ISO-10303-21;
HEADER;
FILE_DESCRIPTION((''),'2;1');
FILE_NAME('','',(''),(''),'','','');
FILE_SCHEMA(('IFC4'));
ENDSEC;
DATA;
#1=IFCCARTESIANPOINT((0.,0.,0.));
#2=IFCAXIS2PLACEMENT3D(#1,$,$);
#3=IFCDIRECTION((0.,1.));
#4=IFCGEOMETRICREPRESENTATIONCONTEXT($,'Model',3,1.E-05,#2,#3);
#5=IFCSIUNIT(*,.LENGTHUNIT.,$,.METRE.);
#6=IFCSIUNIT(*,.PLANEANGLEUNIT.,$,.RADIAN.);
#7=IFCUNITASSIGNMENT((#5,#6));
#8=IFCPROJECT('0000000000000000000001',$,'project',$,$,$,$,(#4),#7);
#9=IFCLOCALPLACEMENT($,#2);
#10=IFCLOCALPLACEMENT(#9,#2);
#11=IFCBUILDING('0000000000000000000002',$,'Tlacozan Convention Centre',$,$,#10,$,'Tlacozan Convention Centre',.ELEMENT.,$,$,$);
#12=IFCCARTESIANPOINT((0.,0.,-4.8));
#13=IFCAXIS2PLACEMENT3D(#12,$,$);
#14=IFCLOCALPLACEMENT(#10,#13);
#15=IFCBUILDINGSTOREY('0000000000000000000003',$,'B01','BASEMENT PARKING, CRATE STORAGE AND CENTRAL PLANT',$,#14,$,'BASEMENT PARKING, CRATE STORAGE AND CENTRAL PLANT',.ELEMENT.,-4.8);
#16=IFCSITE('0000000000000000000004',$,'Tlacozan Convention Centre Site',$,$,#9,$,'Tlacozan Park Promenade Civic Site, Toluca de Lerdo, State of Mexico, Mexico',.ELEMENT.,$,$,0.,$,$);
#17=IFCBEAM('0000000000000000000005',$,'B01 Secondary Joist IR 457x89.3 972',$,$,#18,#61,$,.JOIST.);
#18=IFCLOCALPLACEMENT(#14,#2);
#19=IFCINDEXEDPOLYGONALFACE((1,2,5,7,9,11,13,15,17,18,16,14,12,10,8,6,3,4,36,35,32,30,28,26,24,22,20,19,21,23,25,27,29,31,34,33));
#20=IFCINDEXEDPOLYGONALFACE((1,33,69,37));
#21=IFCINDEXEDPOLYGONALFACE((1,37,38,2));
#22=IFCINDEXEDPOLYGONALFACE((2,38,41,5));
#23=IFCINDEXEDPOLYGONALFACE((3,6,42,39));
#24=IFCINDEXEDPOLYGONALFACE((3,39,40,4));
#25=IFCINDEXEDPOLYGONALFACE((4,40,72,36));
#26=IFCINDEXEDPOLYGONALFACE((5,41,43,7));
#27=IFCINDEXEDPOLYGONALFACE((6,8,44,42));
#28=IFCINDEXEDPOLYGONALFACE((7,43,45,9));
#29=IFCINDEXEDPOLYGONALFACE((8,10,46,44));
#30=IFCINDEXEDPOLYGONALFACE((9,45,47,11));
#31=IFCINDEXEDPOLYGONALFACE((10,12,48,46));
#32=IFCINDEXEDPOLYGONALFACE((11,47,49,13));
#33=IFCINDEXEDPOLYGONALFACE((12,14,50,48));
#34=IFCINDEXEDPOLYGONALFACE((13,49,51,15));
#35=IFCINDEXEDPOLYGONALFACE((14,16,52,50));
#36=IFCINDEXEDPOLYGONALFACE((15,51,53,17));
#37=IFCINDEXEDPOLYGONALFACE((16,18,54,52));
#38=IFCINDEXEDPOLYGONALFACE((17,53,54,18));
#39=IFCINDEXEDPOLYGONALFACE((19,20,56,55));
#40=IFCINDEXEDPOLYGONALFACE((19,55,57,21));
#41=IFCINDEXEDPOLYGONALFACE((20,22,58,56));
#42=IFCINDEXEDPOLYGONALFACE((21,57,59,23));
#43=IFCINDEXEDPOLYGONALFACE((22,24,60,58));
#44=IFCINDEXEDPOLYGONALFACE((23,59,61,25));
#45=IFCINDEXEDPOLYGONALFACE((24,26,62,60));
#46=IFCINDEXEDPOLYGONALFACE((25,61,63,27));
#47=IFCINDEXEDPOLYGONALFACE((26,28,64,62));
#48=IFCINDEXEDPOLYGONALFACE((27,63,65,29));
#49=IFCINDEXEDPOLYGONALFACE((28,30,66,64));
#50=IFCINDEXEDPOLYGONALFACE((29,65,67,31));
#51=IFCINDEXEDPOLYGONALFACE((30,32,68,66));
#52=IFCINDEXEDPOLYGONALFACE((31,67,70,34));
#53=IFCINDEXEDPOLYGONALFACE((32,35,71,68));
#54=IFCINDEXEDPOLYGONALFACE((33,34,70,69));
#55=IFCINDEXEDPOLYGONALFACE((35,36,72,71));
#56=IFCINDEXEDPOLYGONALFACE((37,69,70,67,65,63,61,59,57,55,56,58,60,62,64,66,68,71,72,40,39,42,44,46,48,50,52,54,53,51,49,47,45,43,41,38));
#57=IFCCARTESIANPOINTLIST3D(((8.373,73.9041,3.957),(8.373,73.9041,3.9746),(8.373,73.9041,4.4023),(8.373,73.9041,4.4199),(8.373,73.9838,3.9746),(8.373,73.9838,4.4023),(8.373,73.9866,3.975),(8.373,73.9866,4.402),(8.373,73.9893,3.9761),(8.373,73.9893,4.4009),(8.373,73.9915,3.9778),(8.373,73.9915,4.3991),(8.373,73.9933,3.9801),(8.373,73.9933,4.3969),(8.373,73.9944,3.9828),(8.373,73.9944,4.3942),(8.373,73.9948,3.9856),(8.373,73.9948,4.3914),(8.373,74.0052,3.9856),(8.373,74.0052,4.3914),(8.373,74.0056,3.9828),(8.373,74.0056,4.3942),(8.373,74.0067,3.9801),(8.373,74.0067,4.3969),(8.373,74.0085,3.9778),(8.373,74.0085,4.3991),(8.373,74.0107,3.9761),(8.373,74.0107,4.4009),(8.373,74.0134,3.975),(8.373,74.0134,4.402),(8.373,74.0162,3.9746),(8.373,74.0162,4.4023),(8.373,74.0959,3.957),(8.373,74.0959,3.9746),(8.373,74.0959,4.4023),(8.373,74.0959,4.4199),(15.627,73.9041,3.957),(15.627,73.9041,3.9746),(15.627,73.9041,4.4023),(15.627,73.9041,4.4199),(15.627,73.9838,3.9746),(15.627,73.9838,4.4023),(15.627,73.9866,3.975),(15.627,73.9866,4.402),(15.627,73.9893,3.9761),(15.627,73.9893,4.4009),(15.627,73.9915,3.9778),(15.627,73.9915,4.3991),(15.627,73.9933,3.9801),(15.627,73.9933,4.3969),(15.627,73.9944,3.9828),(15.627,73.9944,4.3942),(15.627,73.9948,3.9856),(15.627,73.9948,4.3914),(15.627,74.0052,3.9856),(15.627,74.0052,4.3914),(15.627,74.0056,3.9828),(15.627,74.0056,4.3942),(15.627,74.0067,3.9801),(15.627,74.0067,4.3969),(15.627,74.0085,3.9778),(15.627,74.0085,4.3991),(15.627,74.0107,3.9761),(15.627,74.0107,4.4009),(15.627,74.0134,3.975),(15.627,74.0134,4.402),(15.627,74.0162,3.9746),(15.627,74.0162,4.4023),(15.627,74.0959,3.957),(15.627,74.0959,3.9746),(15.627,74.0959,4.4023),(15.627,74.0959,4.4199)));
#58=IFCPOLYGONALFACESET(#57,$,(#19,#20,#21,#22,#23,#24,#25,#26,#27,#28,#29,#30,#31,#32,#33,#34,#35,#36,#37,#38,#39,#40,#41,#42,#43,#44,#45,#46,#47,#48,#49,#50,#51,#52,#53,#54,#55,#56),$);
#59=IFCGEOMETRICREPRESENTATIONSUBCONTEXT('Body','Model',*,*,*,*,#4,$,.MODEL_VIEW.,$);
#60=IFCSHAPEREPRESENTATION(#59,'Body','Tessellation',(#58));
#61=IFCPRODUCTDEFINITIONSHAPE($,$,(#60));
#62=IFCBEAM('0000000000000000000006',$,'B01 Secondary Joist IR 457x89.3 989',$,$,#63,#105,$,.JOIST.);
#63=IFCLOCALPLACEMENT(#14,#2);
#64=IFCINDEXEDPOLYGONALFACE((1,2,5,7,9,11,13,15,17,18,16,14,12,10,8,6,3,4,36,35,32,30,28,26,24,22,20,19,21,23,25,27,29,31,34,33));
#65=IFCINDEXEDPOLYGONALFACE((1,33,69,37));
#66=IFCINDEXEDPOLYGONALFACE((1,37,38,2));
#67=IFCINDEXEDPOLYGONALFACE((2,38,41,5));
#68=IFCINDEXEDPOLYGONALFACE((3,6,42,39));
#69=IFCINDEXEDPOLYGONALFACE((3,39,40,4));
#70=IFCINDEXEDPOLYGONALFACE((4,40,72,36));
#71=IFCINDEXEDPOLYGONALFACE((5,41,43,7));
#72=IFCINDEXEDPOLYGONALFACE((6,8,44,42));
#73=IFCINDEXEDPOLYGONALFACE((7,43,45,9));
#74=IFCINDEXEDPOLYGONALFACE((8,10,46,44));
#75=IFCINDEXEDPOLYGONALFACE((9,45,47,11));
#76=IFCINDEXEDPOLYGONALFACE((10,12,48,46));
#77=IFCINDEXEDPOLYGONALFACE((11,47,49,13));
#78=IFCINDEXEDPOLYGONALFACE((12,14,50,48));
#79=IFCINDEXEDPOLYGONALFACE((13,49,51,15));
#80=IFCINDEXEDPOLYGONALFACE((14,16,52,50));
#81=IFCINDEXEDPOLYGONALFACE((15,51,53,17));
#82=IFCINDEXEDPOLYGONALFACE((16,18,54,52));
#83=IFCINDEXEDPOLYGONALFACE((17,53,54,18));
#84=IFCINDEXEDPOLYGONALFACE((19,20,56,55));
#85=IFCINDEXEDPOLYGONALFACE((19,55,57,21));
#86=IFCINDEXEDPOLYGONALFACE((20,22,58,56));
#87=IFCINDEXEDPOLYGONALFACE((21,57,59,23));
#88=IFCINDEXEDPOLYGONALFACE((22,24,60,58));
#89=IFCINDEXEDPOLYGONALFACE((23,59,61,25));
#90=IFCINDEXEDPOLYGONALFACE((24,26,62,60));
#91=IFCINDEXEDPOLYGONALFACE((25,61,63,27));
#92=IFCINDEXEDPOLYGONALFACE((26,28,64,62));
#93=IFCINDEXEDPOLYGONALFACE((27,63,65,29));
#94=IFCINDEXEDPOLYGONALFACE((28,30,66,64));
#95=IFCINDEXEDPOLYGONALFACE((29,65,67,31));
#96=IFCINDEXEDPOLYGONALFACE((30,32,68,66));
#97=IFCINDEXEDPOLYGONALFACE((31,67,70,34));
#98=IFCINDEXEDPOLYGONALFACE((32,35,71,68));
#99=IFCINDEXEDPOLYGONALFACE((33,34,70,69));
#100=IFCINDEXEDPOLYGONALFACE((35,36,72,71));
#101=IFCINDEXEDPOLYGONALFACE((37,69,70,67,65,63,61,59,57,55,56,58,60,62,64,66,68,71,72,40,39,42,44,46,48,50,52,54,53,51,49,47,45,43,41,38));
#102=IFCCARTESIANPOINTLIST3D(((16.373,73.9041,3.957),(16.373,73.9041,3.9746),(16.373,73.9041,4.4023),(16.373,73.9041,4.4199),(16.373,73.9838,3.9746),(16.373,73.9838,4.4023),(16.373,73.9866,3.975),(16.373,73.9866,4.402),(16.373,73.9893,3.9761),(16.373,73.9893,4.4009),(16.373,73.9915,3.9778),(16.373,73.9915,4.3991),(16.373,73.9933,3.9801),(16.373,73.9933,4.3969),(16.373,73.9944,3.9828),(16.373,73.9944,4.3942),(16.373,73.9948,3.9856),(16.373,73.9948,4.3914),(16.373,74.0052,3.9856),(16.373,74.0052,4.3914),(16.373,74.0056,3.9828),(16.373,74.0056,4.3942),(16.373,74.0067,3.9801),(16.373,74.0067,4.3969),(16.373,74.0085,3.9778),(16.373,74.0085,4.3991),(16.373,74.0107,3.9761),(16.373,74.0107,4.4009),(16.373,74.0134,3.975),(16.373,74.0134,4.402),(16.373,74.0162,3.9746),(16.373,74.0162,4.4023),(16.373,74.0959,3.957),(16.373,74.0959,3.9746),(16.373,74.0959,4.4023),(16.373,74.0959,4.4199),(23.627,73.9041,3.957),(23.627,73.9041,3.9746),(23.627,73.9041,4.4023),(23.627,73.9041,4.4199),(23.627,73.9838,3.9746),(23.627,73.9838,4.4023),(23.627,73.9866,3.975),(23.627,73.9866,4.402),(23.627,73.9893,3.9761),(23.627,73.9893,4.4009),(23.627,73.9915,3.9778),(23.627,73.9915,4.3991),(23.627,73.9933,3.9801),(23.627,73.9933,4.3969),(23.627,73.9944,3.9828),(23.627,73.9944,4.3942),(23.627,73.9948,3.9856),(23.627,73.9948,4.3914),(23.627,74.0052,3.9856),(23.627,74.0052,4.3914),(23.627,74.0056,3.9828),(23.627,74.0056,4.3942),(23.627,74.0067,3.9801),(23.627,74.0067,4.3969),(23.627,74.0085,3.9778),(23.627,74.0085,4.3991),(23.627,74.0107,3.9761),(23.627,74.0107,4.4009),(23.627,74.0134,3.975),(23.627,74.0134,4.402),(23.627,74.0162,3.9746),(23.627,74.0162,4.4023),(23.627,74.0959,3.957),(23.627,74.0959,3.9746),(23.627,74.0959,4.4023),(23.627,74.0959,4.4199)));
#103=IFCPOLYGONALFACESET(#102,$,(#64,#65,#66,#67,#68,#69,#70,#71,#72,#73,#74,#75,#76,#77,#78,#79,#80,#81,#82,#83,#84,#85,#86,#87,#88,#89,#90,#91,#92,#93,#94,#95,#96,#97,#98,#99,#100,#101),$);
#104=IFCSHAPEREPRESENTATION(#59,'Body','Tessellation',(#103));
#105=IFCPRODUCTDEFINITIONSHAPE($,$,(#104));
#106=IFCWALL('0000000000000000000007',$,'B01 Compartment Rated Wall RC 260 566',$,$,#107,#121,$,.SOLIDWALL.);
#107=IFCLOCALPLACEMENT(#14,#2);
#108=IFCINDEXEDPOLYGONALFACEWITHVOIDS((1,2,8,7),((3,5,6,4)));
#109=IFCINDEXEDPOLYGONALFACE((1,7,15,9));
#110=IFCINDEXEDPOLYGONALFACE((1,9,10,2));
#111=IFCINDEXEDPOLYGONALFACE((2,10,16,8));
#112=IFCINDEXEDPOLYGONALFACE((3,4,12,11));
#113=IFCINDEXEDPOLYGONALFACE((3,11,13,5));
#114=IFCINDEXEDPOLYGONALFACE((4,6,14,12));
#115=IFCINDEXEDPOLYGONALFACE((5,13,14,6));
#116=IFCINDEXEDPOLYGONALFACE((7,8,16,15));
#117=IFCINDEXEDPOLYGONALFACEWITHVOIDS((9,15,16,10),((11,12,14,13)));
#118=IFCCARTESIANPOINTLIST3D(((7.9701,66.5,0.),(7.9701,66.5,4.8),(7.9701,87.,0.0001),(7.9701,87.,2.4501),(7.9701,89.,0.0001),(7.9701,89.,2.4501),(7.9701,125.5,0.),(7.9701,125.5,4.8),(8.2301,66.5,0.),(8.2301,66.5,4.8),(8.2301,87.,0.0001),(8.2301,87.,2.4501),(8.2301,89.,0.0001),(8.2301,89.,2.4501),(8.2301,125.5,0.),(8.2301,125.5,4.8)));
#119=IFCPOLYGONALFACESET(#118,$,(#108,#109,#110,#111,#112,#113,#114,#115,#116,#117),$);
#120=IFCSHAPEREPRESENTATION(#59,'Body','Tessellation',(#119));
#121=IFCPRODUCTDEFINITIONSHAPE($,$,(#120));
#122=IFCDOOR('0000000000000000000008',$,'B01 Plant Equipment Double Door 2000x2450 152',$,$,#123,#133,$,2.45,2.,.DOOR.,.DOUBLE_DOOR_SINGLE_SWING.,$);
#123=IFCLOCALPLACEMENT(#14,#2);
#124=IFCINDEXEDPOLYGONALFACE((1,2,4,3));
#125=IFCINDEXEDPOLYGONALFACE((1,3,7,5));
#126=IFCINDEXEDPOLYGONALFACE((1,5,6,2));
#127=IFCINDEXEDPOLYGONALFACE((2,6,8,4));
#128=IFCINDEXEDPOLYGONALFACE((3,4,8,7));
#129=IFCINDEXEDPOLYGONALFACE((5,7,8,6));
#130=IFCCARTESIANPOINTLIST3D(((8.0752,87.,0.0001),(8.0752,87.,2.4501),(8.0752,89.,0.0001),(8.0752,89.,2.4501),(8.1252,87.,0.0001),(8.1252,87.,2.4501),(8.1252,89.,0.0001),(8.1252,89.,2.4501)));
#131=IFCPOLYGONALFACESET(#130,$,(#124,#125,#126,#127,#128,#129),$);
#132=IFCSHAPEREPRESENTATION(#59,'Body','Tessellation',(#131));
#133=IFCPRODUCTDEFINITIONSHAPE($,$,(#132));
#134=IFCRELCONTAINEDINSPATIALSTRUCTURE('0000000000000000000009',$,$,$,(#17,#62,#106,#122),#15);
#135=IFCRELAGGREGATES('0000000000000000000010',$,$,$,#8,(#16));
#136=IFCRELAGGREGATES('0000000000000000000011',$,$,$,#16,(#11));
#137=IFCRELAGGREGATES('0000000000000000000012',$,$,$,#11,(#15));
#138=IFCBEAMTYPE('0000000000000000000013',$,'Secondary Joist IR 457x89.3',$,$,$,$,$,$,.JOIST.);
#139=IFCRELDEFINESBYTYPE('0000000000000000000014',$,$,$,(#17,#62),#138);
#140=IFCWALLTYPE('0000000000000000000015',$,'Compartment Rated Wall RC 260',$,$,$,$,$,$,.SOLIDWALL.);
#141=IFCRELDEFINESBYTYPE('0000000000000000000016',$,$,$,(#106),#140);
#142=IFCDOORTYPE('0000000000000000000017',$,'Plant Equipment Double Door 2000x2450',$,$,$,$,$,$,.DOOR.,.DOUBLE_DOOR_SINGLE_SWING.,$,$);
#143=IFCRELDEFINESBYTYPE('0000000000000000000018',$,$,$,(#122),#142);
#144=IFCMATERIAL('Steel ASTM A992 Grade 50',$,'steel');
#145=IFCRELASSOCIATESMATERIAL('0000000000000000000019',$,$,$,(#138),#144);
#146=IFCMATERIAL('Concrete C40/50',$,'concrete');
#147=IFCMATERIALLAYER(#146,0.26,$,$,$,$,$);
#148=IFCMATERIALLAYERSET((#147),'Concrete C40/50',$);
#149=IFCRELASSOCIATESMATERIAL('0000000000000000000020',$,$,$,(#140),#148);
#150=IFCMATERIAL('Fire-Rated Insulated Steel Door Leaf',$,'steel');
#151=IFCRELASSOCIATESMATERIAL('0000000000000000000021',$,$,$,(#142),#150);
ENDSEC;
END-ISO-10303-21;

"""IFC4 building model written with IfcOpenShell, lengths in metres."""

from ifc_helpers import new_model, si_unit, direction, frame, frame_2d, origin, origin_2d, place, context, subcontext, project, spatial, rectangle, i_section, extrude, material, layer, layer_set, material_profile, profile_set, type_object, element, fill, save


model = new_model("IFC4")

# Units and contexts
model_context = context("Model", 3, precision=1e-05, world=origin(), true_north=direction((0.0, 1.0)))
body_context = subcontext(model_context, "Body", "Model", "MODEL_VIEW")
ifc_project = project(units=[si_unit("LENGTHUNIT", "METRE"), si_unit("PLANEANGLEUNIT", "RADIAN")], contexts=[model_context])

# Site, building, storey
site_placement = place(None, origin())
site = spatial("IfcSite", under=ifc_project, at=site_placement, Name="Tlacozan Convention Centre Site", LongName="Tlacozan Park Promenade Civic Site, Toluca de Lerdo, State of Mexico, Mexico", CompositionType="ELEMENT", RefElevation=0.0)
building_placement = place(site_placement, origin())
building = spatial("IfcBuilding", under=site, at=building_placement, Name="Tlacozan Convention Centre", LongName="Tlacozan Convention Centre", CompositionType="ELEMENT")
storey_placement = place(building_placement, frame((0.0, 0.0, -4.8)))
storey = spatial("IfcBuildingStorey", under=building, at=storey_placement, Name="B01", Description="BASEMENT PARKING, CRATE STORAGE AND CENTRAL PLANT", LongName="BASEMENT PARKING, CRATE STORAGE AND CENTRAL PLANT", CompositionType="ELEMENT", Elevation=-4.8)

# Shared definitions
ifc_material_1 = material(Name="Concrete C40/50", Category="concrete")

# Beams
ifc_material_2 = material(Name="Steel ASTM A992 Grade 50", Category="steel")
ifc_material_profile_1 = material_profile(ifc_material_2, i_section(OverallWidth=0.1919, OverallDepth=0.4629, WebThickness=0.0105, FlangeThickness=0.0176, FilletRadius=0.011, at=origin_2d()), Name="IR 457x89.3")
ifc_profile_set_1 = profile_set([ifc_material_profile_1], Name="Steel ASTM A992 Grade 50")
beam_type_1 = type_object("IfcBeamType", Name="Secondary Joist IR 457x89.3", PredefinedType="JOIST", material=ifc_profile_set_1)
for number, where, z_axis, x_axis, name in (
    (1, (8.373, 74.0, 4.1885), (1.0, 0.0, 0.0), (0.0, 1.0, 0.0), "B01 Secondary Joist IR 457x89.3 972"),
    (2, (16.373, 74.0, 4.1885), (1.0, 0.0, 0.0), (0.0, 1.0, 0.0), "B01 Secondary Joist IR 457x89.3 989"),
):
    element("IfcBeam", number, at=place(storey_placement, frame(where, z_axis=z_axis, x_axis=x_axis)), inside=storey, type_object=beam_type_1, Name=name, PredefinedType="JOIST", context=body_context, shape_type="SweptSolid", body=[
        extrude(i_section(OverallWidth=0.1919, OverallDepth=0.4629, WebThickness=0.0105, FlangeThickness=0.0176, FilletRadius=0.011, at=origin_2d()), origin(), (0.0, 0.0, 1.0), 7.2539),
    ])

# Wall, opening, door
ifc_layer_1 = layer(ifc_material_1, 0.26)
ifc_layer_set_1 = layer_set([ifc_layer_1], Name="Concrete C40/50")
wall_type = type_object("IfcWallType", Name="Compartment Rated Wall RC 260", PredefinedType="SOLIDWALL", material=ifc_layer_set_1)
wall_placement = place(storey_placement, frame((8.1001, 66.5, 0.0), z_axis=(0.0, 0.0, 1.0), x_axis=(0.0, 1.0, 0.0)))
wall = element("IfcWall", 3, at=wall_placement, inside=storey, type_object=wall_type, Name="B01 Compartment Rated Wall RC 260 566", PredefinedType="SOLIDWALL", context=body_context, shape_type="SweptSolid", body=[
    extrude(rectangle(XDim=59.0, YDim=0.26, at=frame_2d((29.5, 0.0))), origin(), (0.0, 0.0, 1.0), 4.8),
])
opening_placement = place(wall_placement, frame((20.5, 0.0, 0.0)))
opening = element("IfcOpeningElement", 4, at=opening_placement, cuts=wall, PredefinedType="OPENING", context=body_context, shape_type="SweptSolid", body=[
    extrude(rectangle(XDim=2.0, YDim=2.45, at=frame_2d((1.0, 1.2251))), frame((0.0, 0.1399, 0.0), z_axis=(0.0, -1.0, 0.0), x_axis=(1.0, 0.0, 0.0)), (0.0, 0.0, 1.0), 0.28),
])
ifc_material_3 = material(Name="Fire-Rated Insulated Steel Door Leaf", Category="steel")
door_type = type_object("IfcDoorType", Name="Plant Equipment Double Door 2000x2450", OperationType="DOUBLE_DOOR_SINGLE_SWING", PredefinedType="DOOR", material=ifc_material_3)
door_placement = place(opening_placement, origin())
door = element("IfcDoor", 5, at=door_placement, inside=storey, type_object=door_type, Name="B01 Plant Equipment Double Door 2000x2450 152", OperationType="DOUBLE_DOOR_SINGLE_SWING", OverallHeight=2.45, OverallWidth=2.0, PredefinedType="DOOR", context=body_context, shape_type="SweptSolid", body=[
    extrude(rectangle(XDim=2.0, YDim=2.45, at=frame_2d((1.0, 1.2251))), frame((0.0, 0.0249, 0.0), z_axis=(0.0, -1.0, 0.0), x_axis=(1.0, 0.0, 0.0)), (0.0, 0.0, 1.0), 0.05),
])
fill(opening, door)

save(model, "model.ifc")
